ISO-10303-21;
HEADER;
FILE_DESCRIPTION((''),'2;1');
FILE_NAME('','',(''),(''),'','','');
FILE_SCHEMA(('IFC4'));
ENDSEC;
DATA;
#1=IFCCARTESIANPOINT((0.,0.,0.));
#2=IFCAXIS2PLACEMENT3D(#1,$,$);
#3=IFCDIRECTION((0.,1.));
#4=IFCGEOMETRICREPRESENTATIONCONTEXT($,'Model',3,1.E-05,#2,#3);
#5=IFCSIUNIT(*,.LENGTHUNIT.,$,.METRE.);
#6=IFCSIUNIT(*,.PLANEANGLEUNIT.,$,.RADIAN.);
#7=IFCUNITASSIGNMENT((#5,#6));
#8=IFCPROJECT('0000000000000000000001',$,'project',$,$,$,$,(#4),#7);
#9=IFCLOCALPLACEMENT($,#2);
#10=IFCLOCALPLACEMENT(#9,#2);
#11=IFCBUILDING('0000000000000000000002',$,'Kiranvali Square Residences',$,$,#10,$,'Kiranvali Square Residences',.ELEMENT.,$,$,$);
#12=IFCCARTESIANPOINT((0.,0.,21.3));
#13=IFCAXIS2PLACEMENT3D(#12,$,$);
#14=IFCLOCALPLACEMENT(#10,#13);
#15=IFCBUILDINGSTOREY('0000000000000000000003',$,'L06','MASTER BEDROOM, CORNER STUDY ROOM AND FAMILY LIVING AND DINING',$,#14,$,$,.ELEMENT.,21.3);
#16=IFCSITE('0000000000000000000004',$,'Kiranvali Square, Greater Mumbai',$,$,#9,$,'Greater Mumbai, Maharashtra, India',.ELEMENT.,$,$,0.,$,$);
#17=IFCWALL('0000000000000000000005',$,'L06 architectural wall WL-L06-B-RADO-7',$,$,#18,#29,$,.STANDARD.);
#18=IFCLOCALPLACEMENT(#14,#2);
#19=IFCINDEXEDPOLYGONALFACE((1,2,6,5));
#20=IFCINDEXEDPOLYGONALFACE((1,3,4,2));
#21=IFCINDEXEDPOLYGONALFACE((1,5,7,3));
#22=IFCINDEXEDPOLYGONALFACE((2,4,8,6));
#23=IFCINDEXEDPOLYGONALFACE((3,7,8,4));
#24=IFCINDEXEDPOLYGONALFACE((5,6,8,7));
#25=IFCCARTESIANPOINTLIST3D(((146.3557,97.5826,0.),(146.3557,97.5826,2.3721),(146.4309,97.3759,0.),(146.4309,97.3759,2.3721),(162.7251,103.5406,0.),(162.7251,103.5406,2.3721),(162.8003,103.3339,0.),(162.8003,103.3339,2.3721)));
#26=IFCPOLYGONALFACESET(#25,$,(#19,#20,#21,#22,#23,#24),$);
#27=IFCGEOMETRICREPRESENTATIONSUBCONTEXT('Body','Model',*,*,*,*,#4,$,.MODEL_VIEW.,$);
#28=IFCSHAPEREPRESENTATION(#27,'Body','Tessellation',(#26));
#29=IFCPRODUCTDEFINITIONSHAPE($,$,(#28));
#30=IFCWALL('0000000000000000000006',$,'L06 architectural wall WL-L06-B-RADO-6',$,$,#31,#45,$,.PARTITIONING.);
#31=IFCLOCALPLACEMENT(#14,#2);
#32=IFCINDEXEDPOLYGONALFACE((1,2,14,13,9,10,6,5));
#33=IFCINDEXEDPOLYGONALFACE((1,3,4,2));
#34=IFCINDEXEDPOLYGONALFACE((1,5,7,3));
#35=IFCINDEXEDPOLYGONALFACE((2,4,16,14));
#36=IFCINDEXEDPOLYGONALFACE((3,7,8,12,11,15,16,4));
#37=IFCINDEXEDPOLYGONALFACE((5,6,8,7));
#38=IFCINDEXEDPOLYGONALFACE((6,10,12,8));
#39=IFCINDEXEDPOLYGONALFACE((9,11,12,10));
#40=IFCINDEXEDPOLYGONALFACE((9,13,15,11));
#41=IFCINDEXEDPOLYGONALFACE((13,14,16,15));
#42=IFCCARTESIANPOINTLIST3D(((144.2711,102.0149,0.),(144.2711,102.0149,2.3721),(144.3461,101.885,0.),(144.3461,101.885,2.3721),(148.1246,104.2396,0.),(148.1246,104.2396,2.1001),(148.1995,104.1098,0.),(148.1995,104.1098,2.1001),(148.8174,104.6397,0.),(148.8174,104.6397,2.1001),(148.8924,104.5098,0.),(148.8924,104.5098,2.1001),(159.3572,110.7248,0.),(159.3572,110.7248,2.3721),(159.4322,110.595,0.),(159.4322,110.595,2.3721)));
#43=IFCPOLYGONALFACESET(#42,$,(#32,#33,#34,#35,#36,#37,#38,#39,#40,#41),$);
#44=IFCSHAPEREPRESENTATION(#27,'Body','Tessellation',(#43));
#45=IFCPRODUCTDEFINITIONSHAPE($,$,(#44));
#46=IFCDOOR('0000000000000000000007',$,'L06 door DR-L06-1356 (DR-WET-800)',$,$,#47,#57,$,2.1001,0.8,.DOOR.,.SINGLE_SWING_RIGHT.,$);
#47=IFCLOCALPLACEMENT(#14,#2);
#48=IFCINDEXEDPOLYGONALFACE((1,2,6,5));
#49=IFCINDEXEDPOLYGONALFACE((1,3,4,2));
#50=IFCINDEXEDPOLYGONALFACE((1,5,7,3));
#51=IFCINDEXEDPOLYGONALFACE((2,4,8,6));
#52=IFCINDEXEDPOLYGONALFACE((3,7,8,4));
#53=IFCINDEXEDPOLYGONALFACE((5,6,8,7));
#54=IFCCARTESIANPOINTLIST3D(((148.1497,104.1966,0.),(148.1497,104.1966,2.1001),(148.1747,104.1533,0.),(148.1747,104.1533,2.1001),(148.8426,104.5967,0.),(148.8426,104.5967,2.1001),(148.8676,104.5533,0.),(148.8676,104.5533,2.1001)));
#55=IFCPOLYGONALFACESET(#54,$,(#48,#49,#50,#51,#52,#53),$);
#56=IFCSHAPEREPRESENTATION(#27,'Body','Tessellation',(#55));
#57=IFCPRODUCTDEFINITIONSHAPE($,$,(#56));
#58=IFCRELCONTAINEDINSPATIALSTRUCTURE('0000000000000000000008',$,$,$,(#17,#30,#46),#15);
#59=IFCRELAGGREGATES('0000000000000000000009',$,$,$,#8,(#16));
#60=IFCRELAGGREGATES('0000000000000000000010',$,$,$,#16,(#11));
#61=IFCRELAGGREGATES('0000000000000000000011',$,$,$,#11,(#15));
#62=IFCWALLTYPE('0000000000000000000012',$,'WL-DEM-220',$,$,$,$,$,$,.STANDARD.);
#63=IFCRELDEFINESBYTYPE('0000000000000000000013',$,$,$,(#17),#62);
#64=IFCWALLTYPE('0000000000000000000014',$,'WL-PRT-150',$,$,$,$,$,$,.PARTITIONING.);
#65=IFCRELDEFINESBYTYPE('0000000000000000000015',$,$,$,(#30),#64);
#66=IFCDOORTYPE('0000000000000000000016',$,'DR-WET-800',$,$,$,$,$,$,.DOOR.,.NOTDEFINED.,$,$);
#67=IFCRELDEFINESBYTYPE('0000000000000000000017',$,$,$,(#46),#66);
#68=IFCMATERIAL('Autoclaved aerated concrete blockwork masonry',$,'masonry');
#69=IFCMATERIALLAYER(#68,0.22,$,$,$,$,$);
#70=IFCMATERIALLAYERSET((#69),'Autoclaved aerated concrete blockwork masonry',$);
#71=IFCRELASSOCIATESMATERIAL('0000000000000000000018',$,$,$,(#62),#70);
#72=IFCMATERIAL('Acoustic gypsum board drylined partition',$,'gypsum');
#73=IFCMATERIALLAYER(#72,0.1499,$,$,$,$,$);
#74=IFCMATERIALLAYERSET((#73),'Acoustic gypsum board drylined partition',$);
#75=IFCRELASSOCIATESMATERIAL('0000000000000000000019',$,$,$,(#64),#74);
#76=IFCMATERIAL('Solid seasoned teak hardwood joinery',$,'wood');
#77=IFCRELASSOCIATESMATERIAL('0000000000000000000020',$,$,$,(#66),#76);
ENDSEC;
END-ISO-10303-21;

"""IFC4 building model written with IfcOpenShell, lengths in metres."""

from ifc_helpers import new_model, si_unit, direction, frame, frame_2d, origin, place, context, subcontext, project, spatial, rectangle, extrude, material, layer, layer_set, type_object, element, fill, save


model = new_model("IFC4")

# Units and contexts
model_context = context("Model", 3, precision=1e-05, world=origin(), true_north=direction((0.0, 1.0)))
body_context = subcontext(model_context, "Body", "Model", "MODEL_VIEW")
ifc_project = project(units=[si_unit("LENGTHUNIT", "METRE"), si_unit("PLANEANGLEUNIT", "RADIAN")], contexts=[model_context])

# Site, building, storey
site_placement = place(None, origin())
site = spatial("IfcSite", under=ifc_project, at=site_placement, Name="Kiranvali Square, Greater Mumbai", LongName="Greater Mumbai, Maharashtra, India", CompositionType="ELEMENT", RefElevation=0.0)
building_placement = place(site_placement, origin())
building = spatial("IfcBuilding", under=site, at=building_placement, Name="Kiranvali Square Residences", LongName="Kiranvali Square Residences", CompositionType="ELEMENT")
storey_placement = place(building_placement, frame((0.0, 0.0, 21.3)))
storey = spatial("IfcBuildingStorey", under=building, at=storey_placement, Name="L06", Description="MASTER BEDROOM, CORNER STUDY ROOM AND FAMILY LIVING AND DINING", CompositionType="ELEMENT", Elevation=21.3)

# Shared definitions
ifc_material_1 = material(Name="Autoclaved aerated concrete blockwork masonry", Category="masonry")

# Wall
ifc_layer_1 = layer(ifc_material_1, 0.22)
ifc_layer_set_1 = layer_set([ifc_layer_1], Name="Autoclaved aerated concrete blockwork masonry")
wall_type_1 = type_object("IfcWallType", Name="WL-DEM-220", PredefinedType="STANDARD", material=ifc_layer_set_1)
wall_1_placement = place(storey_placement, frame((146.3933, 97.4792, 0.0), z_axis=(0.0, 0.0, 1.0), x_axis=(0.939692, 0.342022, 0.0)))
element("IfcWall", 1, at=wall_1_placement, inside=storey, type_object=wall_type_1, Name="L06 architectural wall WL-L06-B-RADO-7", PredefinedType="STANDARD", context=body_context, shape_type="SweptSolid", body=[
    extrude(rectangle(XDim=17.4199, YDim=0.22, at=frame_2d((8.71, 0.0))), origin(), (0.0, 0.0, 1.0), 2.3721),
])

# Wall, opening, door
ifc_material_2 = material(Name="Acoustic gypsum board drylined partition", Category="gypsum")
ifc_layer_2 = layer(ifc_material_2, 0.1499)
ifc_layer_set_2 = layer_set([ifc_layer_2], Name="Acoustic gypsum board drylined partition")
wall_type_2 = type_object("IfcWallType", Name="WL-PRT-150", PredefinedType="PARTITIONING", material=ifc_layer_set_2)
wall_2_placement = place(storey_placement, frame((144.3086, 101.95, 0.0), z_axis=(0.0, 0.0, 1.0), x_axis=(0.866027, 0.499998, 0.0)))
wall_2 = element("IfcWall", 2, at=wall_2_placement, inside=storey, type_object=wall_type_2, Name="L06 architectural wall WL-L06-B-RADO-6", PredefinedType="PARTITIONING", context=body_context, shape_type="SweptSolid", body=[
    extrude(rectangle(XDim=17.4199, YDim=0.1499, at=frame_2d((8.71, 0.0))), origin(), (0.0, 0.0, 1.0), 2.3721),
])
opening_1_placement = place(wall_2_placement, frame((4.4497, 0.0, 0.0)))
opening_1 = element("IfcOpeningElement", 3, at=opening_1_placement, cuts=wall_2, PredefinedType="OPENING", context=body_context, shape_type="SweptSolid", body=[
    extrude(rectangle(XDim=0.8, YDim=2.1001, at=frame_2d((0.3999, 1.05))), frame((0.0, 0.085, 0.0), z_axis=(0.0, -1.0, 0.0), x_axis=(1.0, 0.0, 0.0)), (0.0, 0.0, 1.0), 0.1699),
])
ifc_material_3 = material(Name="Solid seasoned teak hardwood joinery", Category="wood")
door_type_1 = type_object("IfcDoorType", Name="DR-WET-800", OperationType="NOTDEFINED", PredefinedType="DOOR", material=ifc_material_3)
door_1_placement = place(opening_1_placement, frame((0.8, 0.0, 0.0), z_axis=(0.0, 0.0, 1.0), x_axis=(-1.0, 0.0, 0.0)))
door_1 = element("IfcDoor", 4, at=door_1_placement, inside=storey, type_object=door_type_1, Name="L06 door DR-L06-1356 (DR-WET-800)", OperationType="SINGLE_SWING_RIGHT", OverallHeight=2.1001, OverallWidth=0.8, PredefinedType="DOOR", context=body_context, shape_type="SweptSolid", body=[
    extrude(rectangle(XDim=0.8, YDim=2.1001, at=frame_2d((0.3999, 1.05))), frame((0.0, 0.0249, 0.0), z_axis=(0.0, -1.0, 0.0), x_axis=(1.0, 0.0, 0.0)), (0.0, 0.0, 1.0), 0.05),
])
fill(opening_1, door_1)

save(model, "model.ifc")
